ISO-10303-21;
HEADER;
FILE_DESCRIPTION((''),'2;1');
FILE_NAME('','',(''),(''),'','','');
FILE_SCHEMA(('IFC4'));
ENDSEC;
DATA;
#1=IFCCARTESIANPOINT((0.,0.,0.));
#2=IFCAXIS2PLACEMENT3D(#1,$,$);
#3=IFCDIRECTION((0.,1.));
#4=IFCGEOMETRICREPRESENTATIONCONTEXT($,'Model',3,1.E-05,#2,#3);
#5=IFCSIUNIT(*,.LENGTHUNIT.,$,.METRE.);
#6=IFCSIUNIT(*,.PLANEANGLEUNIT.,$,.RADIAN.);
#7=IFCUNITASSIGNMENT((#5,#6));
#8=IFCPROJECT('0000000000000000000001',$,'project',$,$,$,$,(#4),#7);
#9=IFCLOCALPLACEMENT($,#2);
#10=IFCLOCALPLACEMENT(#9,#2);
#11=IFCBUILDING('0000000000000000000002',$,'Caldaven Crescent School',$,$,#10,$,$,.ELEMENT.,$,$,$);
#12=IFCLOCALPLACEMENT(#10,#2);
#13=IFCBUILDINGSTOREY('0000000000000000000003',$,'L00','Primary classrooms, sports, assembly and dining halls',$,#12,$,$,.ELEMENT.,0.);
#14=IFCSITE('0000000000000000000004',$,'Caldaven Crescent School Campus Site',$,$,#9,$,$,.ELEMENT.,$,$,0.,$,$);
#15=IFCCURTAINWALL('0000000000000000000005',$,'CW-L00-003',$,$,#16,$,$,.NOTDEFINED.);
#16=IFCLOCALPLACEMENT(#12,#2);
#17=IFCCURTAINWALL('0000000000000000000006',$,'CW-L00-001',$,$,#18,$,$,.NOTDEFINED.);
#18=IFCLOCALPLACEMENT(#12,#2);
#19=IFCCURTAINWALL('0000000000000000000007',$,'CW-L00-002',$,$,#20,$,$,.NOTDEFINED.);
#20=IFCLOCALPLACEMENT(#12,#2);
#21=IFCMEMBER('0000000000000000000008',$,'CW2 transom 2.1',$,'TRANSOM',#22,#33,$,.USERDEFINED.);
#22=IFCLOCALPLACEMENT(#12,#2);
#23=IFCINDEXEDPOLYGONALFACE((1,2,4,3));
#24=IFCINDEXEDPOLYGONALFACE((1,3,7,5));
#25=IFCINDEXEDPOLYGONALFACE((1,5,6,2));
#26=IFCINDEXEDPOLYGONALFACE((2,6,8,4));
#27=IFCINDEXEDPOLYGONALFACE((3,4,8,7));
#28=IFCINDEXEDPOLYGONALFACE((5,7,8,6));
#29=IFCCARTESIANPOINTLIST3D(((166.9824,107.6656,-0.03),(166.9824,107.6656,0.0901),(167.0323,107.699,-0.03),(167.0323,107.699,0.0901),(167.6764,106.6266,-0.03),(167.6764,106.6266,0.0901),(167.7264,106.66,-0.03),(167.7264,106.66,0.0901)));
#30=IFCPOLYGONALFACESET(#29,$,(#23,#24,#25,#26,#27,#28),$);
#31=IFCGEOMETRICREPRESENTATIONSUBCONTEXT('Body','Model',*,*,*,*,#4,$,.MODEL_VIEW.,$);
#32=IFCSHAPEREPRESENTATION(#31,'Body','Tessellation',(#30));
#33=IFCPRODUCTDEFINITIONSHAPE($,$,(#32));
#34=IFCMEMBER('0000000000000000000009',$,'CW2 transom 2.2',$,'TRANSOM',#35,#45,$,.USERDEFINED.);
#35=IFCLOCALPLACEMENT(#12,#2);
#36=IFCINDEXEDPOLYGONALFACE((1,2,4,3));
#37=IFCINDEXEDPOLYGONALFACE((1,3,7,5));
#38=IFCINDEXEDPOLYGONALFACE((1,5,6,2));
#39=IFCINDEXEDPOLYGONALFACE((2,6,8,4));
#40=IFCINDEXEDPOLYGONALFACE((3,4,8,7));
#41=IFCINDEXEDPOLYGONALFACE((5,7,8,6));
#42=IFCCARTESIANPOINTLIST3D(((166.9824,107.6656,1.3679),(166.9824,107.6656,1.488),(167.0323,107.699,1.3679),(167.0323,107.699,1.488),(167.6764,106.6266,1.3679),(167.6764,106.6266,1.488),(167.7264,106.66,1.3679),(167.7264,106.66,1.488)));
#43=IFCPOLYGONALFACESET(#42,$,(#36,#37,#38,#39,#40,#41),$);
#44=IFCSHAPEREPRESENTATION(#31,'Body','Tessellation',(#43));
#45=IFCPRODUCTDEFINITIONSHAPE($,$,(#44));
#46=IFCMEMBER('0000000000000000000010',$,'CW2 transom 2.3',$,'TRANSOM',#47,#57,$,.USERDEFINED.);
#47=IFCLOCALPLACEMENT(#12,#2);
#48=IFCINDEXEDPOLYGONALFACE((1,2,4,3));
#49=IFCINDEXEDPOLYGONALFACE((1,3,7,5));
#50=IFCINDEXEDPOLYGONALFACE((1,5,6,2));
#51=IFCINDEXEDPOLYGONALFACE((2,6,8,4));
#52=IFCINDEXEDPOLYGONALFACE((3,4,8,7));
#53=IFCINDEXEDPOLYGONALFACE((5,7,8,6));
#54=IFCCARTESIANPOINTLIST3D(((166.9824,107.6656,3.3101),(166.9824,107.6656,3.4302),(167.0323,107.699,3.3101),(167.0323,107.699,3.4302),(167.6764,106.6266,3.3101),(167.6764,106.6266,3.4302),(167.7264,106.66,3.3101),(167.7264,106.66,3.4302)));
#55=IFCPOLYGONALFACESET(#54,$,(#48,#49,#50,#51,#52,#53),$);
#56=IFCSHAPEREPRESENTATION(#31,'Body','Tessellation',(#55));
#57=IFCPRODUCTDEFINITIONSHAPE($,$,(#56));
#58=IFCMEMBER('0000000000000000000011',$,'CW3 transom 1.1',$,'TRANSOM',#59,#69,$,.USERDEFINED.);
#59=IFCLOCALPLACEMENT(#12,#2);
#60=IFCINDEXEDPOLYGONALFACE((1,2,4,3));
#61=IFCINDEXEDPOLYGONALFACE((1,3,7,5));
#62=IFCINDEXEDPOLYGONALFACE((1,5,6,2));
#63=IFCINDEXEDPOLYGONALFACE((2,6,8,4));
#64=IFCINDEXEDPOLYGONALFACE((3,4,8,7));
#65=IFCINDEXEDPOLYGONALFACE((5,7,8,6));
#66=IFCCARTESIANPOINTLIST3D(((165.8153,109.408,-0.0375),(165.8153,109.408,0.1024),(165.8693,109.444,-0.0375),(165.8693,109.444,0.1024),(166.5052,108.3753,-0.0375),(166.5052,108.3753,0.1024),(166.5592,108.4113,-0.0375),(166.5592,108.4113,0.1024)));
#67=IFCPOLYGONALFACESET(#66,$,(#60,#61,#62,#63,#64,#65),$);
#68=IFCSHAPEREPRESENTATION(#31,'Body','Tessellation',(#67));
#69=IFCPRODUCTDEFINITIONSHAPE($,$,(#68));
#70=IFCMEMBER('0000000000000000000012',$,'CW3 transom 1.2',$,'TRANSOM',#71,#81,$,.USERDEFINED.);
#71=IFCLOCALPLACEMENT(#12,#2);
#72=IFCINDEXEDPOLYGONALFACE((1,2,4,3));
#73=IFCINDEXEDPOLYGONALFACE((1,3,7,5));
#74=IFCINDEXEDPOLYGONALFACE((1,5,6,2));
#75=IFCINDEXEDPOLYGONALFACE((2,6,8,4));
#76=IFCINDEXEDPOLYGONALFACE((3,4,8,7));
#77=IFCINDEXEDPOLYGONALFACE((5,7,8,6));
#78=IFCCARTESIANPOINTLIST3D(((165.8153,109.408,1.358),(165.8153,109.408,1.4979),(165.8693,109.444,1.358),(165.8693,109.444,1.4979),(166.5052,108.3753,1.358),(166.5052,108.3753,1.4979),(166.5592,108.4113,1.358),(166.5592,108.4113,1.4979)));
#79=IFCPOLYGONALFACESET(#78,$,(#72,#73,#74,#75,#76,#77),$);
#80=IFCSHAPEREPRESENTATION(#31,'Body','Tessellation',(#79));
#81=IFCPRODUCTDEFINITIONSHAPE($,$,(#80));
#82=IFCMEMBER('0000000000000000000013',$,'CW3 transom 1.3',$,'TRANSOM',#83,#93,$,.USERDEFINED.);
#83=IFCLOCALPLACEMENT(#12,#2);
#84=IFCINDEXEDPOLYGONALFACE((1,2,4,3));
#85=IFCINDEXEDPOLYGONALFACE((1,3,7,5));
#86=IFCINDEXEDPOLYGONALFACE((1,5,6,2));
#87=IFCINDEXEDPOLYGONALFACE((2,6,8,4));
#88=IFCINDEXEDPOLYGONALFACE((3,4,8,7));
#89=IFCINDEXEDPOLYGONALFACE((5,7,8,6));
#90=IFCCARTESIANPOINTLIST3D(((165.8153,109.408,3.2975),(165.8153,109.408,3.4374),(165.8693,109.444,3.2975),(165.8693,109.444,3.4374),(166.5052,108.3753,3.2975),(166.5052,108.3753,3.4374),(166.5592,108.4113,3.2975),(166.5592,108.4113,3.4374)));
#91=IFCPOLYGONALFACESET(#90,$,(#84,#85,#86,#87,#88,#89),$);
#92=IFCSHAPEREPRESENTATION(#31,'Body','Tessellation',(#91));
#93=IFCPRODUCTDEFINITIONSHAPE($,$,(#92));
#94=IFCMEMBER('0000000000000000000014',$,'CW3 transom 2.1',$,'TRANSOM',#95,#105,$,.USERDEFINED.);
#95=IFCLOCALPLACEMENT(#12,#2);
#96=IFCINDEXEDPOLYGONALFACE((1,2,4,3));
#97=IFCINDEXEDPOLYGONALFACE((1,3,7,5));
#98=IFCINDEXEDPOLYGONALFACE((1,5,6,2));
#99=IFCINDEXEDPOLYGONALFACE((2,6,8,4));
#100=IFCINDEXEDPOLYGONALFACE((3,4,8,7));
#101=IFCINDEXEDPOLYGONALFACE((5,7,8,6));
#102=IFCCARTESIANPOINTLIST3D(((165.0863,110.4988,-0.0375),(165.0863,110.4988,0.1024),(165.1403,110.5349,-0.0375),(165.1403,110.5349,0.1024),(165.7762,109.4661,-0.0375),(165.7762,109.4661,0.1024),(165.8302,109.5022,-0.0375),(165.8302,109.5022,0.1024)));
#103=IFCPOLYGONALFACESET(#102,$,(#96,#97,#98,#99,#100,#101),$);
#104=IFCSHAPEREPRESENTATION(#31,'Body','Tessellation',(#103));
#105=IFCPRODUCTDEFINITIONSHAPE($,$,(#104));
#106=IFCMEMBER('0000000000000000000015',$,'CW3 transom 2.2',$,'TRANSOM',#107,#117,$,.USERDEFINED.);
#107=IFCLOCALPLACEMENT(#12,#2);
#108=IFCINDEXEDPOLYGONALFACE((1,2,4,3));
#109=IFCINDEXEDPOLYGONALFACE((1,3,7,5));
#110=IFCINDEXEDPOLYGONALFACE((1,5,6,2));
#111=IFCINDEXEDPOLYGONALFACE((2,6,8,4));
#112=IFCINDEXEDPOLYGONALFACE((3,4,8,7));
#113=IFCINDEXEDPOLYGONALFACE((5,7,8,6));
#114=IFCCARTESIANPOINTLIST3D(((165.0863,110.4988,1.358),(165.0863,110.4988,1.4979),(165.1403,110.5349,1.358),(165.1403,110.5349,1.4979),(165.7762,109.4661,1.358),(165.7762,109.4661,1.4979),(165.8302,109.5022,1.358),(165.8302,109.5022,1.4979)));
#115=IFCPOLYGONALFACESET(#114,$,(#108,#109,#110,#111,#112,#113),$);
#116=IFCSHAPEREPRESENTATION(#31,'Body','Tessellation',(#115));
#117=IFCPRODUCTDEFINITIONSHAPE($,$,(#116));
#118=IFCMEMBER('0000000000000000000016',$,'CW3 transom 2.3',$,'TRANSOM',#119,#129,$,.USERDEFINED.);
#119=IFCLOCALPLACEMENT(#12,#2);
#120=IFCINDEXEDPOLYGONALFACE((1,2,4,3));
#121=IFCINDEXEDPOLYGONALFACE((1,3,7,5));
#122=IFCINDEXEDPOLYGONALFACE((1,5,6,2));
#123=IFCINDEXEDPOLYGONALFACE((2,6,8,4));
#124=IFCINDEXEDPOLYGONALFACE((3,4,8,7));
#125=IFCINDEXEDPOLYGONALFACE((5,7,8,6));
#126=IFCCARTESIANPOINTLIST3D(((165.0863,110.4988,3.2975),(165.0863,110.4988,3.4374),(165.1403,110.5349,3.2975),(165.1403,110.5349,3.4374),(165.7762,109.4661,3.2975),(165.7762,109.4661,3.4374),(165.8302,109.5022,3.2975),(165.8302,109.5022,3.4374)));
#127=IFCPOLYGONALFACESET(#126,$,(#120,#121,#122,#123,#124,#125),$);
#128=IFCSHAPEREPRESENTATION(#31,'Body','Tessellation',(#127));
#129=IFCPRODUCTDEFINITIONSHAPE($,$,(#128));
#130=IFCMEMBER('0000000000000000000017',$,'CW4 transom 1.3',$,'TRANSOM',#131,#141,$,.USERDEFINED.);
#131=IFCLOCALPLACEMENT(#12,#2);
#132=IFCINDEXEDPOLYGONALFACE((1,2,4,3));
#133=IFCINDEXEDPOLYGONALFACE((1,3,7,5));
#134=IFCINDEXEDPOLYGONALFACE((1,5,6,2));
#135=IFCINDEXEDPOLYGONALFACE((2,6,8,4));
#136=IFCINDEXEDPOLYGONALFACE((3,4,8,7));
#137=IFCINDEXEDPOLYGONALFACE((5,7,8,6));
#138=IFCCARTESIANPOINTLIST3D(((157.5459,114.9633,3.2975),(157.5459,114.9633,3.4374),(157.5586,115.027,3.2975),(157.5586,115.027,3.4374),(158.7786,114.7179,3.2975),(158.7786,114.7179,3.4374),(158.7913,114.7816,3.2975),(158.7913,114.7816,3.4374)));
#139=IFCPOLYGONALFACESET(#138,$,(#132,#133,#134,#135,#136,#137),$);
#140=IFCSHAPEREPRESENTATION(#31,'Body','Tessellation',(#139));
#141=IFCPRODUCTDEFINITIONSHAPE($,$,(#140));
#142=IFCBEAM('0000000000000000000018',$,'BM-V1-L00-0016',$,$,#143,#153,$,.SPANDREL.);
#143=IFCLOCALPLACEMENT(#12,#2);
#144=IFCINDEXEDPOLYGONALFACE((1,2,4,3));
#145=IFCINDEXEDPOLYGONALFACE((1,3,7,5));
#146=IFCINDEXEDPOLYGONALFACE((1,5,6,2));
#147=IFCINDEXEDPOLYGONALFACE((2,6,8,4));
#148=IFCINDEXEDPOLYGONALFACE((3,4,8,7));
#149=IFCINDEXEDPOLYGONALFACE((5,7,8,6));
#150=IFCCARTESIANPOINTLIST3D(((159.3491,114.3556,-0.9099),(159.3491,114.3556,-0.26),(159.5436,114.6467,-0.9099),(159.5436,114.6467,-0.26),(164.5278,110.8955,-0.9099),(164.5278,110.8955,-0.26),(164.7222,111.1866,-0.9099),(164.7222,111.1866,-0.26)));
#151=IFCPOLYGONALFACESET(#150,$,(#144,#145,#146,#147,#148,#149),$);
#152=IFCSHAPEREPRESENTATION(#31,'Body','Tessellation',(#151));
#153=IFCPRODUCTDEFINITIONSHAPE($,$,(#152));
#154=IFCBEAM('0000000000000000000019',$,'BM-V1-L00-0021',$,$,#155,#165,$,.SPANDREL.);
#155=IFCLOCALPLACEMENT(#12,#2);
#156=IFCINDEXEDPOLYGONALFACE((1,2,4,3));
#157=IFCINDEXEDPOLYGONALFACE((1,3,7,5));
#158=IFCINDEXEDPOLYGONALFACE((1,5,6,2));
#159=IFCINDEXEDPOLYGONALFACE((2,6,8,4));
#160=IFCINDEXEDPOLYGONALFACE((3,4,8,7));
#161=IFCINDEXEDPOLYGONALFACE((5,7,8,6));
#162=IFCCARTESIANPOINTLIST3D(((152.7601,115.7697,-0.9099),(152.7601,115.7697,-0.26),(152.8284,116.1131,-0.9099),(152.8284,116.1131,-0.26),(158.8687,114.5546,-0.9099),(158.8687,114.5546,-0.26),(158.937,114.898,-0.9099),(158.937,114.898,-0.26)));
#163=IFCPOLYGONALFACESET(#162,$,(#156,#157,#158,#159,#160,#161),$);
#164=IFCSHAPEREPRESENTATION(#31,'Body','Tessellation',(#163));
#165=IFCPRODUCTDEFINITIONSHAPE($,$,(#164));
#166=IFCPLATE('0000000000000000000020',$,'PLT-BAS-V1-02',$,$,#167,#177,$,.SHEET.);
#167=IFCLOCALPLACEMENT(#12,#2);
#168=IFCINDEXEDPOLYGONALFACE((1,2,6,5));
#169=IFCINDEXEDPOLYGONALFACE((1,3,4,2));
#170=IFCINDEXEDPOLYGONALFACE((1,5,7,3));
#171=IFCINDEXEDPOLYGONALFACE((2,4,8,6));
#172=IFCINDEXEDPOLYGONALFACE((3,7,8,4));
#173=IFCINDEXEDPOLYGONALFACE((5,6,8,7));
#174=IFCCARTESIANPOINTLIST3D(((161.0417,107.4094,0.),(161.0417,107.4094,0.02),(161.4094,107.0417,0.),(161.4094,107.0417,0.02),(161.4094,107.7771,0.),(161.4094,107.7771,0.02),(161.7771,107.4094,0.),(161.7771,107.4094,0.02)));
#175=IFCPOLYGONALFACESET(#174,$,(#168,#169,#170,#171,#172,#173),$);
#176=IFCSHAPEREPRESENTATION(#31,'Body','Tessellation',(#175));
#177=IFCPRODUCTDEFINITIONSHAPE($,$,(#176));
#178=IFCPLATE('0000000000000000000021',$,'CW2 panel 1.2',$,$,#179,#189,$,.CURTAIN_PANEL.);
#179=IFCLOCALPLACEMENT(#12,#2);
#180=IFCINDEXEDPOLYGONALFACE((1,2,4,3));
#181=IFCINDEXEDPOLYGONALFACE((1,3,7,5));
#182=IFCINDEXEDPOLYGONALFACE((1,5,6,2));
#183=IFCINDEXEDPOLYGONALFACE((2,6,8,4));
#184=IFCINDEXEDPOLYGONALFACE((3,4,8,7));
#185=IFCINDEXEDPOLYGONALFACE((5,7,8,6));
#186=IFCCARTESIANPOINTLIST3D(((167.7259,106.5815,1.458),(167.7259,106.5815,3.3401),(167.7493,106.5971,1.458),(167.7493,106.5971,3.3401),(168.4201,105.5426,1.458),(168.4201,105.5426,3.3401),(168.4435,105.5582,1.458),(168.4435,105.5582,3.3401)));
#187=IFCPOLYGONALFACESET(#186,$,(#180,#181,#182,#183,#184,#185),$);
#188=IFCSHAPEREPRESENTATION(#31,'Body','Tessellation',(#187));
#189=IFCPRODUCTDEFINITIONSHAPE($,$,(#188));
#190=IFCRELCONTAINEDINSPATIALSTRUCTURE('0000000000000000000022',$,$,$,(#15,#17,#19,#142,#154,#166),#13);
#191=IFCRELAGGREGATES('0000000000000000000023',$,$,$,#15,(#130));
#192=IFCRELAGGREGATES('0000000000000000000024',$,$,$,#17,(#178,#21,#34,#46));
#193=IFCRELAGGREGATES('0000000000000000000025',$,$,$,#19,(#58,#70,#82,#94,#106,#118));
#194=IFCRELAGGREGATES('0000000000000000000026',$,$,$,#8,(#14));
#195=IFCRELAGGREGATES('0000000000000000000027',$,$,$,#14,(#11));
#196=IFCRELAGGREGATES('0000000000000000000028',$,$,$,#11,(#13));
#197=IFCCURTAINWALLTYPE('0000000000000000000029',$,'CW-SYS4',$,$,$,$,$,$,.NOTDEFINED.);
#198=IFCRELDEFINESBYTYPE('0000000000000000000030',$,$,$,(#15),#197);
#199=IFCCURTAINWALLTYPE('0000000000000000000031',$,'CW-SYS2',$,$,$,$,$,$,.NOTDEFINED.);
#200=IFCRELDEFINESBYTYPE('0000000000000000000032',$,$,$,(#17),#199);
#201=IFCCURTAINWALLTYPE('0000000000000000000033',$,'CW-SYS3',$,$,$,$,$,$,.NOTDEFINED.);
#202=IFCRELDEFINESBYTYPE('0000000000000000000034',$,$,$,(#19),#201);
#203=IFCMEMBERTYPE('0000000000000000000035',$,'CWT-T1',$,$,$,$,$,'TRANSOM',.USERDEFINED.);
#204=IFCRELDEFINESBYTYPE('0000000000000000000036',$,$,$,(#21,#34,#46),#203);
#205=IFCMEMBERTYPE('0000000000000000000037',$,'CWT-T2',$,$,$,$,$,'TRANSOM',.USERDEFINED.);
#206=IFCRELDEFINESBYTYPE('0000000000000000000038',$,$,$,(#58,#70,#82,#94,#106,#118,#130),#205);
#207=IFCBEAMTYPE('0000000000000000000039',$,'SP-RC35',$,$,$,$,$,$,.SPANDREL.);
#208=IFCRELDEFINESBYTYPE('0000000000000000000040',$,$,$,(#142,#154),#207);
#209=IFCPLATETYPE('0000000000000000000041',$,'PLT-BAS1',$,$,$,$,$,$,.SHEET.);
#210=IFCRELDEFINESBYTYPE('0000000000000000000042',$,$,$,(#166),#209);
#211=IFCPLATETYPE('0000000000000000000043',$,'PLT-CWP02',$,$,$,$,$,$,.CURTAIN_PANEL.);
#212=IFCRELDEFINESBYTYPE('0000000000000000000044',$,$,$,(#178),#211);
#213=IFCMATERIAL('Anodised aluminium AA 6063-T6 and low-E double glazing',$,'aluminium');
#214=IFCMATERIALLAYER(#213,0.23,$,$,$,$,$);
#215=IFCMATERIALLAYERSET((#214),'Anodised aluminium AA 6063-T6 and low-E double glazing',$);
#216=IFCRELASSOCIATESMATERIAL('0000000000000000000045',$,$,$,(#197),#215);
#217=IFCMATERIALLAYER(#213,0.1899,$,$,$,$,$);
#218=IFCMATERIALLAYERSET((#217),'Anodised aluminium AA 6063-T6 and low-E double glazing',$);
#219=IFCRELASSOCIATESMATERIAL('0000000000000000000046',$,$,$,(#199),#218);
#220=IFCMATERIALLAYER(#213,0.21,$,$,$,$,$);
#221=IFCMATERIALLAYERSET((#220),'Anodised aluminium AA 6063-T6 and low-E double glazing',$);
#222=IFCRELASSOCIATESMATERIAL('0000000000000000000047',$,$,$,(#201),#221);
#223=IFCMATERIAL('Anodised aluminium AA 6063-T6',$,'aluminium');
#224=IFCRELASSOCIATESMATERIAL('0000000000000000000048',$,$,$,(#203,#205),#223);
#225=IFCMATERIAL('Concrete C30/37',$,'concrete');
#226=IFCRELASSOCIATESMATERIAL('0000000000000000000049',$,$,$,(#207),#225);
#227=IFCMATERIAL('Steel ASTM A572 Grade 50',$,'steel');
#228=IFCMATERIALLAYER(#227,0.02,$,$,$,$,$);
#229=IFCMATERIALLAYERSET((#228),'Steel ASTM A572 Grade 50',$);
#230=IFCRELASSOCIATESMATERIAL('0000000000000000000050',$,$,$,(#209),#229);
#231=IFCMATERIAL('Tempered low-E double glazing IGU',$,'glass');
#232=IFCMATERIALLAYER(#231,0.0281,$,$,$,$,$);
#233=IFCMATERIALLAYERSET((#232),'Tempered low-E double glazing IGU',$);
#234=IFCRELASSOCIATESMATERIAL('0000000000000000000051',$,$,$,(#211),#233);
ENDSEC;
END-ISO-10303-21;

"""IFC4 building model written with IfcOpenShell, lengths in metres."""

from ifc_helpers import new_model, si_unit, direction, frame, origin, origin_2d, place, context, subcontext, project, spatial, rectangle, extrude, material, layer, layer_set, material_profile, profile_set, type_object, element, aggregate, save


model = new_model("IFC4")

# Units and contexts
model_context = context("Model", 3, precision=1e-05, world=origin(), true_north=direction((0.0, 1.0)))
body_context = subcontext(model_context, "Body", "Model", "MODEL_VIEW")
ifc_project = project(units=[si_unit("LENGTHUNIT", "METRE"), si_unit("PLANEANGLEUNIT", "RADIAN")], contexts=[model_context])

# Site, building, storey
site_placement = place(None, origin())
site = spatial("IfcSite", under=ifc_project, at=site_placement, Name="Caldaven Crescent School Campus Site", CompositionType="ELEMENT", RefElevation=0.0)
building_placement = place(site_placement, origin())
building = spatial("IfcBuilding", under=site, at=building_placement, Name="Caldaven Crescent School", CompositionType="ELEMENT")
storey_placement = place(building_placement, origin())
storey = spatial("IfcBuildingStorey", under=building, at=storey_placement, Name="L00", Description="Primary classrooms, sports, assembly and dining halls", CompositionType="ELEMENT", Elevation=0.0)

# Shared definitions
ifc_material_1 = material(Name="Concrete C30/37", Category="concrete")

# Curtain wall
ifc_material_2 = material(Name="Anodised aluminium AA 6063-T6 and low-E double glazing", Category="aluminium")
ifc_layer_1 = layer(ifc_material_2, 0.23)
ifc_layer_set_1 = layer_set([ifc_layer_1], Name="Anodised aluminium AA 6063-T6 and low-E double glazing")
curtain_wall_type_1 = type_object("IfcCurtainWallType", Name="CW-SYS4", PredefinedType="NOTDEFINED", material=ifc_layer_set_1)
curtain_wall_1_placement = place(storey_placement, origin())
curtain_wall_1 = element("IfcCurtainWall", 1, at=curtain_wall_1_placement, inside=storey, type_object=curtain_wall_type_1, Name="CW-L00-003", PredefinedType="NOTDEFINED")
ifc_material_3 = material(Name="Anodised aluminium AA 6063-T6", Category="aluminium")

# Curtain walls
ifc_layer_2 = layer(ifc_material_2, 0.1899)
ifc_layer_set_2 = layer_set([ifc_layer_2], Name="Anodised aluminium AA 6063-T6 and low-E double glazing")
curtain_wall_type_2 = type_object("IfcCurtainWallType", Name="CW-SYS2", PredefinedType="NOTDEFINED", material=ifc_layer_set_2)
curtain_wall_2_placement = place(storey_placement, origin())
curtain_wall_2 = element("IfcCurtainWall", 2, at=curtain_wall_2_placement, inside=storey, type_object=curtain_wall_type_2, Name="CW-L00-001", PredefinedType="NOTDEFINED")
ifc_layer_3 = layer(ifc_material_2, 0.21)
ifc_layer_set_3 = layer_set([ifc_layer_3], Name="Anodised aluminium AA 6063-T6 and low-E double glazing")
curtain_wall_type_3 = type_object("IfcCurtainWallType", Name="CW-SYS3", PredefinedType="NOTDEFINED", material=ifc_layer_set_3)
curtain_wall_3_placement = place(storey_placement, origin())
curtain_wall_3 = element("IfcCurtainWall", 3, at=curtain_wall_3_placement, inside=storey, type_object=curtain_wall_type_3, Name="CW-L00-002", PredefinedType="NOTDEFINED")

# Members
ifc_material_profile_1 = material_profile(ifc_material_3, rectangle(XDim=0.0601, YDim=0.1201, at=origin_2d()), Name="CWT 60x120")
ifc_profile_set_1 = profile_set([ifc_material_profile_1], Name="Anodised aluminium AA 6063-T6")
member_type_1 = type_object("IfcMemberType", Name="CWT-T1", ElementType="TRANSOM", PredefinedType="USERDEFINED", material=ifc_profile_set_1)
member_1_placement = place(storey_placement, frame((167.7014, 106.6433, 0.03), z_axis=(-0.555466, 0.831539, 0.0), x_axis=(-0.831539, -0.555466, 0.0)))
member_1 = element("IfcMember", 4, at=member_1_placement, type_object=member_type_1, Name="CW2 transom 2.1", ObjectType="TRANSOM", PredefinedType="USERDEFINED", context=body_context, shape_type="SweptSolid", body=[
    extrude(rectangle(XDim=0.0601, YDim=0.1201, at=origin_2d()), origin(), (0.0, 0.0, 1.0), 1.2495),
])
member_2_placement = place(storey_placement, frame((167.7014, 106.6433, 1.428), z_axis=(-0.555466, 0.831539, 0.0), x_axis=(-0.831539, -0.555466, 0.0)))
member_2 = element("IfcMember", 5, at=member_2_placement, type_object=member_type_1, Name="CW2 transom 2.2", ObjectType="TRANSOM", PredefinedType="USERDEFINED", context=body_context, shape_type="SweptSolid", body=[
    extrude(rectangle(XDim=0.0601, YDim=0.1201, at=origin_2d()), origin(), (0.0, 0.0, 1.0), 1.2495),
])
member_3_placement = place(storey_placement, frame((167.7014, 106.6433, 3.3701), z_axis=(-0.555466, 0.831539, 0.0), x_axis=(-0.831539, -0.555466, 0.0)))
member_3 = element("IfcMember", 6, at=member_3_placement, type_object=member_type_1, Name="CW2 transom 2.3", ObjectType="TRANSOM", PredefinedType="USERDEFINED", context=body_context, shape_type="SweptSolid", body=[
    extrude(rectangle(XDim=0.0601, YDim=0.1201, at=origin_2d()), origin(), (0.0, 0.0, 1.0), 1.2495),
])
ifc_material_profile_2 = material_profile(ifc_material_3, rectangle(XDim=0.0649, YDim=0.1399, at=origin_2d()), Name="CWT 65x140")
ifc_profile_set_2 = profile_set([ifc_material_profile_2], Name="Anodised aluminium AA 6063-T6")
member_type_2 = type_object("IfcMemberType", Name="CWT-T2", ElementType="TRANSOM", PredefinedType="USERDEFINED", material=ifc_profile_set_2)
member_4_placement = place(storey_placement, frame((166.5322, 108.3933, 0.0325), z_axis=(-0.555516, 0.831506, 0.0), x_axis=(-0.831506, -0.555516, 0.0)))
member_4 = element("IfcMember", 7, at=member_4_placement, type_object=member_type_2, Name="CW3 transom 1.1", ObjectType="TRANSOM", PredefinedType="USERDEFINED", context=body_context, shape_type="SweptSolid", body=[
    extrude(rectangle(XDim=0.0649, YDim=0.1399, at=origin_2d()), origin(), (0.0, 0.0, 1.0), 1.2419),
])
member_5_placement = place(storey_placement, frame((166.5322, 108.3933, 1.428), z_axis=(-0.555516, 0.831506, 0.0), x_axis=(-0.831506, -0.555516, 0.0)))
member_5 = element("IfcMember", 8, at=member_5_placement, type_object=member_type_2, Name="CW3 transom 1.2", ObjectType="TRANSOM", PredefinedType="USERDEFINED", context=body_context, shape_type="SweptSolid", body=[
    extrude(rectangle(XDim=0.0649, YDim=0.1399, at=origin_2d()), origin(), (0.0, 0.0, 1.0), 1.2419),
])
member_6_placement = place(storey_placement, frame((166.5322, 108.3933, 3.3674), z_axis=(-0.555516, 0.831506, 0.0), x_axis=(-0.831506, -0.555516, 0.0)))
member_6 = element("IfcMember", 9, at=member_6_placement, type_object=member_type_2, Name="CW3 transom 1.3", ObjectType="TRANSOM", PredefinedType="USERDEFINED", context=body_context, shape_type="SweptSolid", body=[
    extrude(rectangle(XDim=0.0649, YDim=0.1399, at=origin_2d()), origin(), (0.0, 0.0, 1.0), 1.2419),
])
member_7_placement = place(storey_placement, frame((165.8032, 109.4841, 0.0325), z_axis=(-0.555516, 0.831506, 0.0), x_axis=(-0.831506, -0.555516, 0.0)))
member_7 = element("IfcMember", 10, at=member_7_placement, type_object=member_type_2, Name="CW3 transom 2.1", ObjectType="TRANSOM", PredefinedType="USERDEFINED", context=body_context, shape_type="SweptSolid", body=[
    extrude(rectangle(XDim=0.0649, YDim=0.1399, at=origin_2d()), origin(), (0.0, 0.0, 1.0), 1.2419),
])
member_8_placement = place(storey_placement, frame((165.8032, 109.4841, 1.428), z_axis=(-0.555516, 0.831506, 0.0), x_axis=(-0.831506, -0.555516, 0.0)))
member_8 = element("IfcMember", 11, at=member_8_placement, type_object=member_type_2, Name="CW3 transom 2.2", ObjectType="TRANSOM", PredefinedType="USERDEFINED", context=body_context, shape_type="SweptSolid", body=[
    extrude(rectangle(XDim=0.0649, YDim=0.1399, at=origin_2d()), origin(), (0.0, 0.0, 1.0), 1.2419),
])
member_9_placement = place(storey_placement, frame((165.8032, 109.4841, 3.3674), z_axis=(-0.555516, 0.831506, 0.0), x_axis=(-0.831506, -0.555516, 0.0)))
member_9 = element("IfcMember", 12, at=member_9_placement, type_object=member_type_2, Name="CW3 transom 2.3", ObjectType="TRANSOM", PredefinedType="USERDEFINED", context=body_context, shape_type="SweptSolid", body=[
    extrude(rectangle(XDim=0.0649, YDim=0.1399, at=origin_2d()), origin(), (0.0, 0.0, 1.0), 1.2419),
])
member_10_placement = place(storey_placement, frame((158.7849, 114.7498, 3.3674), z_axis=(-0.98076, 0.19522, 0.0), x_axis=(-0.19522, -0.98076, 0.0)))
member_10 = element("IfcMember", 13, at=member_10_placement, type_object=member_type_2, Name="CW4 transom 1.3", ObjectType="TRANSOM", PredefinedType="USERDEFINED", context=body_context, shape_type="SweptSolid", body=[
    extrude(rectangle(XDim=0.0649, YDim=0.1399, at=origin_2d()), origin(), (0.0, 0.0, 1.0), 1.2568),
])
aggregate(curtain_wall_1, [member_10])

# Beams
ifc_material_profile_3 = material_profile(ifc_material_1, rectangle(XDim=0.3501, YDim=0.6499, at=origin_2d()), Name="RC 350x650")
ifc_profile_set_3 = profile_set([ifc_material_profile_3], Name="Concrete C30/37")
beam_type_1 = type_object("IfcBeamType", Name="SP-RC35", PredefinedType="SPANDREL", material=ifc_profile_set_3)
for number, where, z_axis, x_axis, name in (
    (14, (164.625, 111.041, -0.585), (-0.831477, 0.555559, 0.0), (-0.555559, -0.831477, 0.0), "BM-V1-L00-0016"),
    (15, (158.9028, 114.7263, -0.585), (-0.980785, 0.195091, 0.0), (-0.195091, -0.980785, 0.0), "BM-V1-L00-0021"),
):
    element("IfcBeam", number, at=place(storey_placement, frame(where, z_axis=z_axis, x_axis=x_axis)), inside=storey, type_object=beam_type_1, Name=name, PredefinedType="SPANDREL", context=body_context, shape_type="SweptSolid", body=[
        extrude(rectangle(XDim=0.3501, YDim=0.6499, at=origin_2d()), origin(), (0.0, 0.0, 1.0), 6.2283),
    ])

# Plates
ifc_material_4 = material(Name="Steel ASTM A572 Grade 50", Category="steel")
ifc_layer_4 = layer(ifc_material_4, 0.02)
ifc_layer_set_4 = layer_set([ifc_layer_4], Name="Steel ASTM A572 Grade 50")
plate_type_1 = type_object("IfcPlateType", Name="PLT-BAS1", PredefinedType="SHEET", material=ifc_layer_set_4)
plate_1_placement = place(storey_placement, frame((161.4094, 107.4094, 0.0), z_axis=(0.0, 0.0, 1.0), x_axis=(0.707107, 0.707107, 0.0)))
element("IfcPlate", 16, at=plate_1_placement, inside=storey, type_object=plate_type_1, Name="PLT-BAS-V1-02", PredefinedType="SHEET", context=body_context, shape_type="SweptSolid", body=[
    extrude(rectangle(XDim=0.52, YDim=0.52, at=origin_2d()), origin(), (0.0, 0.0, 1.0), 0.02),
])
ifc_material_5 = material(Name="Tempered low-E double glazing IGU", Category="glass")
ifc_layer_5 = layer(ifc_material_5, 0.0281)
ifc_layer_set_5 = layer_set([ifc_layer_5], Name="Tempered low-E double glazing IGU")
plate_type_2 = type_object("IfcPlateType", Name="PLT-CWP02", PredefinedType="CURTAIN_PANEL", material=ifc_layer_set_5)
plate_2_placement = place(storey_placement, frame((168.0847, 106.0698, 1.458), z_axis=(0.0, 0.0, 1.0), x_axis=(-0.555569, 0.83147, 0.0)))
plate_2 = element("IfcPlate", 17, at=plate_2_placement, type_object=plate_type_2, Name="CW2 panel 1.2", PredefinedType="CURTAIN_PANEL", context=body_context, shape_type="SweptSolid", body=[
    extrude(rectangle(XDim=1.2495, YDim=0.0281, at=origin_2d()), origin(), (0.0, 0.0, 1.0), 1.8821),
])
aggregate(curtain_wall_2, [plate_2, member_1, member_2, member_3])
aggregate(curtain_wall_3, [member_4, member_5, member_6, member_7, member_8, member_9])

save(model, "model.ifc")
